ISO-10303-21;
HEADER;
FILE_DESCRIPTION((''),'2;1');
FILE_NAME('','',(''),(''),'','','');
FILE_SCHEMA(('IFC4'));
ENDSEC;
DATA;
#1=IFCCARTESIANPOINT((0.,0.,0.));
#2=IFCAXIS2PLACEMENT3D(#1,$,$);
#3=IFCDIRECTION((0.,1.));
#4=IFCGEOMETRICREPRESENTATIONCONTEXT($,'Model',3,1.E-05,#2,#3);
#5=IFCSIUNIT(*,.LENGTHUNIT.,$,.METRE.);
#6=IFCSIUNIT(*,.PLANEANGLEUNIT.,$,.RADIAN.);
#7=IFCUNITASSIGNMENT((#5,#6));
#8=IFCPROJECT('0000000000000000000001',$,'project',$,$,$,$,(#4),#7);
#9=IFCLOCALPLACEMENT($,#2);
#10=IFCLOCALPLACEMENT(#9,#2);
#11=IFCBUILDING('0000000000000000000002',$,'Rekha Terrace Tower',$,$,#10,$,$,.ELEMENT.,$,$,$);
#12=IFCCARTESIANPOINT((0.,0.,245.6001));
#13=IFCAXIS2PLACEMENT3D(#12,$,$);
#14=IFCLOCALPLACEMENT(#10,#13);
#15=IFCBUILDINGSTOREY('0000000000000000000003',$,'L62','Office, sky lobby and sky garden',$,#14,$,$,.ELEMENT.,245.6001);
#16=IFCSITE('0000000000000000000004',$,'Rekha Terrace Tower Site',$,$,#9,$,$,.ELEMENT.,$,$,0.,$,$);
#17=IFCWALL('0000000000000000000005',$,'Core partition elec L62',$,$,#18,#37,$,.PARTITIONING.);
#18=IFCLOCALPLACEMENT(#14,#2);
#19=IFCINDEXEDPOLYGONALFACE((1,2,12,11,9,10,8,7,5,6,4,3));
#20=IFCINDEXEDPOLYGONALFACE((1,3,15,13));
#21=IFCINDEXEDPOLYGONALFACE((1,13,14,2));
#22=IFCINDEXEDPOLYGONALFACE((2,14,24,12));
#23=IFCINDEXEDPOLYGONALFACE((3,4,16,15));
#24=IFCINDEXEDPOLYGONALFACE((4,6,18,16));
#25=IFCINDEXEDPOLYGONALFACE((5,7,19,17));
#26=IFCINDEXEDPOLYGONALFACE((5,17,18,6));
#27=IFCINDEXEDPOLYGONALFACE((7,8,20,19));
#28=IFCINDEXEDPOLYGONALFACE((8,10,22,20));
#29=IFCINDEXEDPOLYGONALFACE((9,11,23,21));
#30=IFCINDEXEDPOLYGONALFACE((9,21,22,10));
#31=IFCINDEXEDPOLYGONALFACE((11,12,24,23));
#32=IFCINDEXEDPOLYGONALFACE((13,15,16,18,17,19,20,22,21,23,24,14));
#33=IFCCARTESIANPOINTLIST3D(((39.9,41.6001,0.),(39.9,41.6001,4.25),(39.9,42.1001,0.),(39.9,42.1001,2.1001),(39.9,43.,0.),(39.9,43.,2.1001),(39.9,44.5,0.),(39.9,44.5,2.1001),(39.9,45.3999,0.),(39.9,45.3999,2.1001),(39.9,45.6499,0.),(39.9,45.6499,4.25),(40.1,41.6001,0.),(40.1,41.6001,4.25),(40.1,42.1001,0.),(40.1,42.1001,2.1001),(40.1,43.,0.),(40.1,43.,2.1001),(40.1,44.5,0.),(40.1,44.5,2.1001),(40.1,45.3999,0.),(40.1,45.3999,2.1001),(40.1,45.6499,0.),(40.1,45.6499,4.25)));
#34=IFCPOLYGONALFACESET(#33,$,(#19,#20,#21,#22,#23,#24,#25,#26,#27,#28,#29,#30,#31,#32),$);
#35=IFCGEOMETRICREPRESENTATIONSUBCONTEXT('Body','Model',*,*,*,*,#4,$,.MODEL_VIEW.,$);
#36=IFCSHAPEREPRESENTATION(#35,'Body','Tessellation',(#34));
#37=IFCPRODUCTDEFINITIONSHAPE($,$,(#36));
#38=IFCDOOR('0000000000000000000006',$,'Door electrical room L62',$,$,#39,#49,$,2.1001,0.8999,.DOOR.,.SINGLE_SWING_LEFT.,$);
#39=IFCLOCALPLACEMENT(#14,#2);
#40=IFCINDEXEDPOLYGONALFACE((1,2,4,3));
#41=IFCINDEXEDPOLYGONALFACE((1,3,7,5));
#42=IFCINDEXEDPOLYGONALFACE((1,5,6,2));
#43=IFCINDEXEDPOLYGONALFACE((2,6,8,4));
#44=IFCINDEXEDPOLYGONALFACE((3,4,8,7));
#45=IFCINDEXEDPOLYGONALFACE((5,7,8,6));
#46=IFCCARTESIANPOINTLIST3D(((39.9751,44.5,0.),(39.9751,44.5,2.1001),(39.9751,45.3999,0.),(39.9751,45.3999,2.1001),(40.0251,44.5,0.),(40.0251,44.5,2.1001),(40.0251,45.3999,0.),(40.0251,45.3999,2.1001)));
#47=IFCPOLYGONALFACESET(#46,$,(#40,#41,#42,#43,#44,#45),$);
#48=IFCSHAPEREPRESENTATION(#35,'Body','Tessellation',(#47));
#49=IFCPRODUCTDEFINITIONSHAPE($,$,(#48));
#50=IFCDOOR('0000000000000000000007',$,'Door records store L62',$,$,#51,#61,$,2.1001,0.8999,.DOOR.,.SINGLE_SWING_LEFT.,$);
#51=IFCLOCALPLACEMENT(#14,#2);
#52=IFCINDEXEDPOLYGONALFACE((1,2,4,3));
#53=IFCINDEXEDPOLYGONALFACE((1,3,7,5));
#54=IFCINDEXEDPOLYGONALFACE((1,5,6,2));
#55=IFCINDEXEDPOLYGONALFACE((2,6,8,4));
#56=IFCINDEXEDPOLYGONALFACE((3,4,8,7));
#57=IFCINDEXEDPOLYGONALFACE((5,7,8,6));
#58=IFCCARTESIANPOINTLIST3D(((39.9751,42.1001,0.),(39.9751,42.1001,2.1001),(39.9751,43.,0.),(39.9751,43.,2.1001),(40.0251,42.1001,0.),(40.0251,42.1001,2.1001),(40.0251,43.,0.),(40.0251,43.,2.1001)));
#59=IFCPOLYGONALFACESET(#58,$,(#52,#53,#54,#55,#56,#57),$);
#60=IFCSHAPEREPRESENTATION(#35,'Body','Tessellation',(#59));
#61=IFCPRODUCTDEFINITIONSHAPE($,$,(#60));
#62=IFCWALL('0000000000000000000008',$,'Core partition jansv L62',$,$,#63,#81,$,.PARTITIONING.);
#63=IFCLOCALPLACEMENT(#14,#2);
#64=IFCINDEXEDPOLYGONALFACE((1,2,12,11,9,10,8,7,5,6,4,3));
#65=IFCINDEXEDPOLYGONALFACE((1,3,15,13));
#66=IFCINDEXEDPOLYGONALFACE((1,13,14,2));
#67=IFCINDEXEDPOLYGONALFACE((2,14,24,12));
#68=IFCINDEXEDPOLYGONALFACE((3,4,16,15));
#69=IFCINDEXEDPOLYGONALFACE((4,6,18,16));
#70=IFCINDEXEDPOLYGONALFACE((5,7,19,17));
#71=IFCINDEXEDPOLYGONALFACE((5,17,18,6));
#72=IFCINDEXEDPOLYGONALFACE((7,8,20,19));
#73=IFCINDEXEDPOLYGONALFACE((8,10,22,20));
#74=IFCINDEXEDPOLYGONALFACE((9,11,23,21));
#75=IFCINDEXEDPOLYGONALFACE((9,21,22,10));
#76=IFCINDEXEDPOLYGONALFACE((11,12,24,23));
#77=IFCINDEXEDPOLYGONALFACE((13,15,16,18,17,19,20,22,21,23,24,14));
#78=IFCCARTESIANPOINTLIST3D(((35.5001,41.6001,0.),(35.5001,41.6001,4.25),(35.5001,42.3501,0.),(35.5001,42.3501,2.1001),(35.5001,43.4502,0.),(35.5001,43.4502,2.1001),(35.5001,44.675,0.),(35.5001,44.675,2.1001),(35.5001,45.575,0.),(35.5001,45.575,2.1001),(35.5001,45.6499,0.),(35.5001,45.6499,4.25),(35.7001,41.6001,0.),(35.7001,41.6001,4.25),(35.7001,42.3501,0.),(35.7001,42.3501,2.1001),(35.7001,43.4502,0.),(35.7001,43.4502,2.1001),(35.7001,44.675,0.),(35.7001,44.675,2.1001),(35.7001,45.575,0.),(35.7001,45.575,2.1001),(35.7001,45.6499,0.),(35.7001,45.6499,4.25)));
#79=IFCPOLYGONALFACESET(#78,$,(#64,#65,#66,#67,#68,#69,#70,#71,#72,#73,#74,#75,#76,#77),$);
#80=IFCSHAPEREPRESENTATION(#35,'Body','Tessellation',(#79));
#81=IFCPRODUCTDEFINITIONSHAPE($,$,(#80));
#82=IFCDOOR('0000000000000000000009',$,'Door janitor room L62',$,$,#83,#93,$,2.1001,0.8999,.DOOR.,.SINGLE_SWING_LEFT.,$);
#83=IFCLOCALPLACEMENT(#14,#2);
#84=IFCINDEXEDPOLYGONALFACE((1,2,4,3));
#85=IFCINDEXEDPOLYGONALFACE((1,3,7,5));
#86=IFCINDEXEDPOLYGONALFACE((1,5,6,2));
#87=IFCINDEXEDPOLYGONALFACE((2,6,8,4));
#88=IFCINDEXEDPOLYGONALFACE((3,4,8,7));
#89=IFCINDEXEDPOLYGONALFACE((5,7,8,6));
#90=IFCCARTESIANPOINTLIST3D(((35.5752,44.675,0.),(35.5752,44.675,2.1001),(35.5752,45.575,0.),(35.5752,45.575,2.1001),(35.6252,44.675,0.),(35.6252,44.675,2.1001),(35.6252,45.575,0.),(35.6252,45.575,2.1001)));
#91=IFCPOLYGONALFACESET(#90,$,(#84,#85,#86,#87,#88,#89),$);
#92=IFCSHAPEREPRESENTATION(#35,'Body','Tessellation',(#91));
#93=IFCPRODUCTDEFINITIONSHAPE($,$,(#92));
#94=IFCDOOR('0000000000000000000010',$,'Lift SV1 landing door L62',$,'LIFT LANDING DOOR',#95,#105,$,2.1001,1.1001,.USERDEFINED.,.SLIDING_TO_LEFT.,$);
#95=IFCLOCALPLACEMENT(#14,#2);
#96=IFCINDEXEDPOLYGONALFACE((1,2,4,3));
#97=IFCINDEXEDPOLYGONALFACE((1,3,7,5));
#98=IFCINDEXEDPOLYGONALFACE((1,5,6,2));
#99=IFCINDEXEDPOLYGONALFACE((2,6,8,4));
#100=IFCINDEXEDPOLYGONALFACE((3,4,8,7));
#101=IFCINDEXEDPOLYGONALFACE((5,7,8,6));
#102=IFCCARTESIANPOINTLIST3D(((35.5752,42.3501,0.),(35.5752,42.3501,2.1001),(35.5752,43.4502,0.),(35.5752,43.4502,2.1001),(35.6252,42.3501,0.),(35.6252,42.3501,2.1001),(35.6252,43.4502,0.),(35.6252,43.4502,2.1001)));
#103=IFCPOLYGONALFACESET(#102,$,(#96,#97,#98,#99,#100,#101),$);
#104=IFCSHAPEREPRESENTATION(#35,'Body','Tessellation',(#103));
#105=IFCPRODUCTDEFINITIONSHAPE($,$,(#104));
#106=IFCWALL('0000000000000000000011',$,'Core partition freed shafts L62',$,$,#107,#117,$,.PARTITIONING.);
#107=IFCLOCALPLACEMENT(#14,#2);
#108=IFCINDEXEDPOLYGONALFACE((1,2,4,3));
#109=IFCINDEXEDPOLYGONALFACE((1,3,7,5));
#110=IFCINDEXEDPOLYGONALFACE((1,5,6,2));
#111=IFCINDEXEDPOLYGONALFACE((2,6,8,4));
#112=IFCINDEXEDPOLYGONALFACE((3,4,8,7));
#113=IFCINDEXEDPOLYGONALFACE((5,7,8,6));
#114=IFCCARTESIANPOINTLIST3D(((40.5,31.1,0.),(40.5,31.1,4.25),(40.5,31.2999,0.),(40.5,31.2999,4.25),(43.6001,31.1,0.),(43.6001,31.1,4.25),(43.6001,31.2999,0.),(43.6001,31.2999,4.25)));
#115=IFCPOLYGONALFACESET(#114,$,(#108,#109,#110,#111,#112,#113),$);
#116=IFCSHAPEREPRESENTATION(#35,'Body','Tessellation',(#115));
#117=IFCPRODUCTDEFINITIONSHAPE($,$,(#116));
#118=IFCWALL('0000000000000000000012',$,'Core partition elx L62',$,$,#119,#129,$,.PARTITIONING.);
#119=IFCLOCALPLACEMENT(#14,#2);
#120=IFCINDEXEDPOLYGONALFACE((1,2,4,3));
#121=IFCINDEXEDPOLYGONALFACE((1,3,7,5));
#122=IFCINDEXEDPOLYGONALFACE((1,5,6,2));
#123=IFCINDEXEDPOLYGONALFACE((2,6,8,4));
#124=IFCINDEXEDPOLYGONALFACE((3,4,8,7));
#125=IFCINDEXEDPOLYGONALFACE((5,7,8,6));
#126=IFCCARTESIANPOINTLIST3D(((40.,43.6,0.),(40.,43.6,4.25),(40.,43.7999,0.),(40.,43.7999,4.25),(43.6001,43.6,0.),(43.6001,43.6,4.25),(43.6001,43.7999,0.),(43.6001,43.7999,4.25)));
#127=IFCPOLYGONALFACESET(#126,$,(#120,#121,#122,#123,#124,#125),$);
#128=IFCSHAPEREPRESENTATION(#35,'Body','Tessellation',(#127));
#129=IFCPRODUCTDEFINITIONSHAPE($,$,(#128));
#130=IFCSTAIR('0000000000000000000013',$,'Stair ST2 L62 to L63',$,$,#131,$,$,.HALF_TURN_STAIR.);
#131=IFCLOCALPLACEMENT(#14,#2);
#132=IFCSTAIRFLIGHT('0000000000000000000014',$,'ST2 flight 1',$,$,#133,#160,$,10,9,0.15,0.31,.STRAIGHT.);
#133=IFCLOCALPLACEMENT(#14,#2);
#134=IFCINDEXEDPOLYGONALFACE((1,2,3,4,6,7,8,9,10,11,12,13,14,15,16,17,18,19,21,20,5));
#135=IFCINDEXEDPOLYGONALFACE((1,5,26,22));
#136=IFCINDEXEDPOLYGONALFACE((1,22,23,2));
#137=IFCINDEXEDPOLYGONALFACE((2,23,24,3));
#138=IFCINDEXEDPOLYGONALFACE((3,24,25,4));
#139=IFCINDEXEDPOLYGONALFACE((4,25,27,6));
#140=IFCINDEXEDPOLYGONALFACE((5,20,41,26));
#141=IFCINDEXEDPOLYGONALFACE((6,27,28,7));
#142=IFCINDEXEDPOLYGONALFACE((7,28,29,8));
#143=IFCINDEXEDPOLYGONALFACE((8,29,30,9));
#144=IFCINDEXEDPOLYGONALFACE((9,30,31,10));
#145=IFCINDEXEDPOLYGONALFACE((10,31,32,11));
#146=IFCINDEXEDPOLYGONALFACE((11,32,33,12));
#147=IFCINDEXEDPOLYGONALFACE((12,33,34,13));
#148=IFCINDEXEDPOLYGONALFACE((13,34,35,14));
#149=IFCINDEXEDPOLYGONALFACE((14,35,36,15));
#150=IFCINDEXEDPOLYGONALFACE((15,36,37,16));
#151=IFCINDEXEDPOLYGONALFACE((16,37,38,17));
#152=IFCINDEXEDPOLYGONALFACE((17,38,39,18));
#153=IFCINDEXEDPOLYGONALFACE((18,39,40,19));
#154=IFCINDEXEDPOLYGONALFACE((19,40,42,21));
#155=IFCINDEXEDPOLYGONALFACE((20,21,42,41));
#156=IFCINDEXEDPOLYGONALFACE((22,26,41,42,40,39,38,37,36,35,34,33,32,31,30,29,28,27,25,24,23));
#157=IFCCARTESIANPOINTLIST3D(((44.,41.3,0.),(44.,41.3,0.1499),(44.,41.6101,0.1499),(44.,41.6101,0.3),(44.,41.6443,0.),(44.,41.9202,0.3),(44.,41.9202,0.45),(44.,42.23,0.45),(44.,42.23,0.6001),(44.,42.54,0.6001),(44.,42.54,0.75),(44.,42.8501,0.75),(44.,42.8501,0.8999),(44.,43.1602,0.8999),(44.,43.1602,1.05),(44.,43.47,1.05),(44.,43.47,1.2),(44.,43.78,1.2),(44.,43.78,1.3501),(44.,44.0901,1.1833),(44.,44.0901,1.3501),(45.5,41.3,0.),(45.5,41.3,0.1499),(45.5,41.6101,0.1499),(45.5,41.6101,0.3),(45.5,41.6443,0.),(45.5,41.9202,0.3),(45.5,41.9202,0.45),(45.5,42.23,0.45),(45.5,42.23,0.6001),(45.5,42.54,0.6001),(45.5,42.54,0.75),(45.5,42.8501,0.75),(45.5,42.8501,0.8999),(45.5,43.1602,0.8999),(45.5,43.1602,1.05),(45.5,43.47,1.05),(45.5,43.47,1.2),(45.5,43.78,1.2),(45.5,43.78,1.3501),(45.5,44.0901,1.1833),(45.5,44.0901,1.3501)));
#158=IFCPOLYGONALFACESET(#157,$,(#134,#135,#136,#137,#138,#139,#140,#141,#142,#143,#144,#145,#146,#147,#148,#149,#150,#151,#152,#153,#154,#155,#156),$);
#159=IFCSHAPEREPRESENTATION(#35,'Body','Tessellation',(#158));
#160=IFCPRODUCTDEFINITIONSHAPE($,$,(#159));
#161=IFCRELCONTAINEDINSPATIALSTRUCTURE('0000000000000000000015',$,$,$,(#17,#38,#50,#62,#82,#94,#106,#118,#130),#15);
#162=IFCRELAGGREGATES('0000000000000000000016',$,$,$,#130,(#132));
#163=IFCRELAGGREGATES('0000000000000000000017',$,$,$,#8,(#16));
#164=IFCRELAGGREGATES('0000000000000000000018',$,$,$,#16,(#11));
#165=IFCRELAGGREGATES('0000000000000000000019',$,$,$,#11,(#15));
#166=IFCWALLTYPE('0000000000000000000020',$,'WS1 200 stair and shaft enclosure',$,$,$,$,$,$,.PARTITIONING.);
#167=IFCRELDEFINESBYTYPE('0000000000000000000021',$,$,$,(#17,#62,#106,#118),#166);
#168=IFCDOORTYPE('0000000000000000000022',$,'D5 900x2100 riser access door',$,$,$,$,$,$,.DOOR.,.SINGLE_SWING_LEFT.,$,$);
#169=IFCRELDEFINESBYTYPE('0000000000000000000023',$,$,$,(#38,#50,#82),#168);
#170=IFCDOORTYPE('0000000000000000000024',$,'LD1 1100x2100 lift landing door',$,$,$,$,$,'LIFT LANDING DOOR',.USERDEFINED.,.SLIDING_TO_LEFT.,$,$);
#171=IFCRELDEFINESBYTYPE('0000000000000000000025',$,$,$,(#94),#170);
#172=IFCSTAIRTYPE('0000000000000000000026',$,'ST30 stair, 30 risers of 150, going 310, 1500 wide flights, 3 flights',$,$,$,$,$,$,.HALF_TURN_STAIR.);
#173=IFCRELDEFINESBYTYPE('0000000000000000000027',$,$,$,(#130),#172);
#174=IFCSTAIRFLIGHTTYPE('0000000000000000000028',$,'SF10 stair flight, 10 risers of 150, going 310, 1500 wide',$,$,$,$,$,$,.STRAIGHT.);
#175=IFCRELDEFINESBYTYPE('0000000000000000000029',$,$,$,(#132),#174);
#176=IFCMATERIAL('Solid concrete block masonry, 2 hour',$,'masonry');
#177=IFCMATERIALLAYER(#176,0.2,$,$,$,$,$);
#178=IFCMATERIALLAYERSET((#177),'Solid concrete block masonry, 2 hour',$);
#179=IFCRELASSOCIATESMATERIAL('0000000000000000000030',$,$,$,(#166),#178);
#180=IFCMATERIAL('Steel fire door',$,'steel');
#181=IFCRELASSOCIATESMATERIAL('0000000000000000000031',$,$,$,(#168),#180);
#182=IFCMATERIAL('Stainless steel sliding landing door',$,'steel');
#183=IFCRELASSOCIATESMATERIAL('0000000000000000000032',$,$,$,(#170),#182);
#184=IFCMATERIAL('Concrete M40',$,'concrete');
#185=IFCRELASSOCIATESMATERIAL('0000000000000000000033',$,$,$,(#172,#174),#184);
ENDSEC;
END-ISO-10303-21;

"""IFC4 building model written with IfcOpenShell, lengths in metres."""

from ifc_helpers import new_model, si_unit, direction, frame, frame_2d, origin, place, context, subcontext, project, spatial, polyline, rectangle, outline, extrude, material, layer, layer_set, type_object, element, fill, aggregate, save


model = new_model("IFC4")

# Units and contexts
model_context = context("Model", 3, precision=1e-05, world=origin(), true_north=direction((0.0, 1.0)))
body_context = subcontext(model_context, "Body", "Model", "MODEL_VIEW")
ifc_project = project(units=[si_unit("LENGTHUNIT", "METRE"), si_unit("PLANEANGLEUNIT", "RADIAN")], contexts=[model_context])

# Site, building, storey
site_placement = place(None, origin())
site = spatial("IfcSite", under=ifc_project, at=site_placement, Name="Rekha Terrace Tower Site", CompositionType="ELEMENT", RefElevation=0.0)
building_placement = place(site_placement, origin())
building = spatial("IfcBuilding", under=site, at=building_placement, Name="Rekha Terrace Tower", CompositionType="ELEMENT")
storey_placement = place(building_placement, frame((0.0, 0.0, 245.6001)))
storey = spatial("IfcBuildingStorey", under=building, at=storey_placement, Name="L62", Description="Office, sky lobby and sky garden", CompositionType="ELEMENT", Elevation=245.6001)

# Shared definitions
ifc_material_1 = material(Name="Stainless steel sliding landing door", Category="steel")
ifc_material_2 = material(Name="Steel fire door", Category="steel")

# Shared definitions
ifc_material_3 = material(Name="Solid concrete block masonry, 2 hour", Category="masonry")
ifc_layer_1 = layer(ifc_material_3, 0.2)
ifc_layer_set_1 = layer_set([ifc_layer_1], Name="Solid concrete block masonry, 2 hour")
wall_type_1 = type_object("IfcWallType", Name="WS1 200 stair and shaft enclosure", PredefinedType="PARTITIONING", material=ifc_layer_set_1)

# Walls, openings, doors
wall_1_placement = place(storey_placement, frame((40.0, 41.6001, 0.0), z_axis=(0.0, 0.0, 1.0), x_axis=(0.0, 1.0, 0.0)))
wall_1 = element("IfcWall", 1, at=wall_1_placement, inside=storey, type_object=wall_type_1, Name="Core partition elec L62", PredefinedType="PARTITIONING", context=body_context, shape_type="SweptSolid", body=[
    extrude(rectangle(XDim=4.0498, YDim=0.2, at=frame_2d((2.0249, 0.0))), origin(), (0.0, 0.0, 1.0), 4.25),
])
opening_1_placement = place(wall_1_placement, frame((2.8999, 0.0, 0.0)))
opening_1 = element("IfcOpeningElement", 2, at=opening_1_placement, cuts=wall_1, PredefinedType="OPENING", context=body_context, shape_type="SweptSolid", body=[
    extrude(rectangle(XDim=0.8999, YDim=2.1001, at=frame_2d((0.45, 1.05))), frame((0.0, 0.1099, 0.0), z_axis=(0.0, -1.0, 0.0), x_axis=(1.0, 0.0, 0.0)), (0.0, 0.0, 1.0), 0.22),
])
opening_2_placement = place(wall_1_placement, frame((0.5, 0.0, 0.0)))
opening_2 = element("IfcOpeningElement", 3, at=opening_2_placement, cuts=wall_1, PredefinedType="OPENING", context=body_context, shape_type="SweptSolid", body=[
    extrude(rectangle(XDim=0.8999, YDim=2.1001, at=frame_2d((0.45, 1.05))), frame((0.0, 0.1099, 0.0), z_axis=(0.0, -1.0, 0.0), x_axis=(1.0, 0.0, 0.0)), (0.0, 0.0, 1.0), 0.22),
])
door_type_1 = type_object("IfcDoorType", Name="D5 900x2100 riser access door", OperationType="SINGLE_SWING_LEFT", PredefinedType="DOOR", material=ifc_material_2)
door_1_placement = place(opening_1_placement, origin())
door_1 = element("IfcDoor", 4, at=door_1_placement, inside=storey, type_object=door_type_1, Name="Door electrical room L62", OperationType="SINGLE_SWING_LEFT", OverallHeight=2.1001, OverallWidth=0.8999, PredefinedType="DOOR", context=body_context, shape_type="SweptSolid", body=[
    extrude(rectangle(XDim=0.8999, YDim=2.1001, at=frame_2d((0.45, 1.05))), frame((0.0, 0.0249, 0.0), z_axis=(0.0, -1.0, 0.0), x_axis=(1.0, 0.0, 0.0)), (0.0, 0.0, 1.0), 0.05),
])
fill(opening_1, door_1)
door_2_placement = place(opening_2_placement, origin())
door_2 = element("IfcDoor", 5, at=door_2_placement, inside=storey, type_object=door_type_1, Name="Door records store L62", OperationType="SINGLE_SWING_LEFT", OverallHeight=2.1001, OverallWidth=0.8999, PredefinedType="DOOR", context=body_context, shape_type="SweptSolid", body=[
    extrude(rectangle(XDim=0.8999, YDim=2.1001, at=frame_2d((0.45, 1.05))), frame((0.0, 0.0249, 0.0), z_axis=(0.0, -1.0, 0.0), x_axis=(1.0, 0.0, 0.0)), (0.0, 0.0, 1.0), 0.05),
])
fill(opening_2, door_2)
wall_2_placement = place(storey_placement, frame((35.6001, 41.6001, 0.0), z_axis=(0.0, 0.0, 1.0), x_axis=(0.0, 1.0, 0.0)))
wall_2 = element("IfcWall", 6, at=wall_2_placement, inside=storey, type_object=wall_type_1, Name="Core partition jansv L62", PredefinedType="PARTITIONING", context=body_context, shape_type="SweptSolid", body=[
    extrude(rectangle(XDim=4.0498, YDim=0.2, at=frame_2d((2.0249, 0.0))), origin(), (0.0, 0.0, 1.0), 4.25),
])
opening_3_placement = place(wall_2_placement, frame((3.075, 0.0, 0.0)))
opening_3 = element("IfcOpeningElement", 7, at=opening_3_placement, cuts=wall_2, PredefinedType="OPENING", context=body_context, shape_type="SweptSolid", body=[
    extrude(rectangle(XDim=0.8999, YDim=2.1001, at=frame_2d((0.45, 1.05))), frame((0.0, 0.1099, 0.0), z_axis=(0.0, -1.0, 0.0), x_axis=(1.0, 0.0, 0.0)), (0.0, 0.0, 1.0), 0.22),
])
opening_4_placement = place(wall_2_placement, frame((0.75, 0.0, 0.0)))
opening_4 = element("IfcOpeningElement", 8, at=opening_4_placement, cuts=wall_2, PredefinedType="OPENING", context=body_context, shape_type="SweptSolid", body=[
    extrude(rectangle(XDim=1.1001, YDim=2.1001, at=frame_2d((0.55, 1.05))), frame((0.0, 0.1099, 0.0), z_axis=(0.0, -1.0, 0.0), x_axis=(1.0, 0.0, 0.0)), (0.0, 0.0, 1.0), 0.22),
])
door_3_placement = place(opening_3_placement, origin())
door_3 = element("IfcDoor", 9, at=door_3_placement, inside=storey, type_object=door_type_1, Name="Door janitor room L62", OperationType="SINGLE_SWING_LEFT", OverallHeight=2.1001, OverallWidth=0.8999, PredefinedType="DOOR", context=body_context, shape_type="SweptSolid", body=[
    extrude(rectangle(XDim=0.8999, YDim=2.1001, at=frame_2d((0.45, 1.05))), frame((0.0, 0.0249, 0.0), z_axis=(0.0, -1.0, 0.0), x_axis=(1.0, 0.0, 0.0)), (0.0, 0.0, 1.0), 0.05),
])
fill(opening_3, door_3)
door_type_2 = type_object("IfcDoorType", Name="LD1 1100x2100 lift landing door", ElementType="LIFT LANDING DOOR", OperationType="SLIDING_TO_LEFT", PredefinedType="USERDEFINED", material=ifc_material_1)
door_4_placement = place(opening_4_placement, origin())
door_4 = element("IfcDoor", 10, at=door_4_placement, inside=storey, type_object=door_type_2, Name="Lift SV1 landing door L62", ObjectType="LIFT LANDING DOOR", OperationType="SLIDING_TO_LEFT", OverallHeight=2.1001, OverallWidth=1.1001, PredefinedType="USERDEFINED", context=body_context, shape_type="SweptSolid", body=[
    extrude(rectangle(XDim=1.1001, YDim=2.1001, at=frame_2d((0.55, 1.05))), frame((0.0, 0.0249, 0.0), z_axis=(0.0, -1.0, 0.0), x_axis=(1.0, 0.0, 0.0)), (0.0, 0.0, 1.0), 0.05),
])
fill(opening_4, door_4)

# Walls
wall_3_placement = place(storey_placement, frame((40.5, 31.2, 0.0), z_axis=(0.0, 0.0, 1.0), x_axis=(1.0, 0.0, 0.0)))
element("IfcWall", 11, at=wall_3_placement, inside=storey, type_object=wall_type_1, Name="Core partition freed shafts L62", PredefinedType="PARTITIONING", context=body_context, shape_type="SweptSolid", body=[
    extrude(rectangle(XDim=3.1001, YDim=0.2, at=frame_2d((1.55, 0.0))), origin(), (0.0, 0.0, 1.0), 4.25),
])
wall_4_placement = place(storey_placement, frame((40.0, 43.7, 0.0), z_axis=(0.0, 0.0, 1.0), x_axis=(1.0, 0.0, 0.0)))
element("IfcWall", 12, at=wall_4_placement, inside=storey, type_object=wall_type_1, Name="Core partition elx L62", PredefinedType="PARTITIONING", context=body_context, shape_type="SweptSolid", body=[
    extrude(rectangle(XDim=3.6001, YDim=0.2, at=frame_2d((1.8, 0.0))), origin(), (0.0, 0.0, 1.0), 4.25),
])

# Stair, stair flight
ifc_material_4 = material(Name="Concrete M40", Category="concrete")
stair_type = type_object("IfcStairType", Name="ST30 stair, 30 risers of 150, going 310, 1500 wide flights, 3 flights", PredefinedType="HALF_TURN_STAIR", material=ifc_material_4)
stair_placement = place(storey_placement, origin())
stair = element("IfcStair", 13, at=stair_placement, inside=storey, type_object=stair_type, Name="Stair ST2 L62 to L63", PredefinedType="HALF_TURN_STAIR")
stair_flight_type = type_object("IfcStairFlightType", Name="SF10 stair flight, 10 risers of 150, going 310, 1500 wide", PredefinedType="STRAIGHT", material=ifc_material_4)
stair_flight_placement = place(storey_placement, frame((44.75, 41.3, 0.0), z_axis=(0.0, 0.0, 1.0), x_axis=(0.0, 1.0, 0.0)))
stair_flight = element("IfcStairFlight", 14, at=stair_flight_placement, type_object=stair_flight_type, Name="ST2 flight 1", NumberOfRisers=10, NumberOfTreads=9, PredefinedType="STRAIGHT", RiserHeight=0.15, TreadLength=0.31, context=body_context, shape_type="SweptSolid", body=[
    extrude(outline(polyline([(0.0, 0.0), (0.0, 0.1499), (0.3101, 0.1499), (0.3101, 0.3), (0.6201, 0.3), (0.6201, 0.45), (0.9299, 0.45), (0.9299, 0.6001), (1.24, 0.6001), (1.24, 0.75), (1.55, 0.75), (1.55, 0.8999), (1.8601, 0.8999), (1.8601, 1.05), (2.1699, 1.05), (2.1699, 1.2), (2.48, 1.2), (2.48, 1.3501), (2.79, 1.3501), (2.79, 1.5), (2.79, 1.1833), (0.3442, 0.0), (0.0, 0.0)])), frame((0.0, 0.75, 0.0), z_axis=(0.0, -1.0, 0.0), x_axis=(1.0, 0.0, 0.0)), (0.0, 0.0, 1.0), 1.5),
])
aggregate(stair, [stair_flight])

save(model, "model.ifc")
